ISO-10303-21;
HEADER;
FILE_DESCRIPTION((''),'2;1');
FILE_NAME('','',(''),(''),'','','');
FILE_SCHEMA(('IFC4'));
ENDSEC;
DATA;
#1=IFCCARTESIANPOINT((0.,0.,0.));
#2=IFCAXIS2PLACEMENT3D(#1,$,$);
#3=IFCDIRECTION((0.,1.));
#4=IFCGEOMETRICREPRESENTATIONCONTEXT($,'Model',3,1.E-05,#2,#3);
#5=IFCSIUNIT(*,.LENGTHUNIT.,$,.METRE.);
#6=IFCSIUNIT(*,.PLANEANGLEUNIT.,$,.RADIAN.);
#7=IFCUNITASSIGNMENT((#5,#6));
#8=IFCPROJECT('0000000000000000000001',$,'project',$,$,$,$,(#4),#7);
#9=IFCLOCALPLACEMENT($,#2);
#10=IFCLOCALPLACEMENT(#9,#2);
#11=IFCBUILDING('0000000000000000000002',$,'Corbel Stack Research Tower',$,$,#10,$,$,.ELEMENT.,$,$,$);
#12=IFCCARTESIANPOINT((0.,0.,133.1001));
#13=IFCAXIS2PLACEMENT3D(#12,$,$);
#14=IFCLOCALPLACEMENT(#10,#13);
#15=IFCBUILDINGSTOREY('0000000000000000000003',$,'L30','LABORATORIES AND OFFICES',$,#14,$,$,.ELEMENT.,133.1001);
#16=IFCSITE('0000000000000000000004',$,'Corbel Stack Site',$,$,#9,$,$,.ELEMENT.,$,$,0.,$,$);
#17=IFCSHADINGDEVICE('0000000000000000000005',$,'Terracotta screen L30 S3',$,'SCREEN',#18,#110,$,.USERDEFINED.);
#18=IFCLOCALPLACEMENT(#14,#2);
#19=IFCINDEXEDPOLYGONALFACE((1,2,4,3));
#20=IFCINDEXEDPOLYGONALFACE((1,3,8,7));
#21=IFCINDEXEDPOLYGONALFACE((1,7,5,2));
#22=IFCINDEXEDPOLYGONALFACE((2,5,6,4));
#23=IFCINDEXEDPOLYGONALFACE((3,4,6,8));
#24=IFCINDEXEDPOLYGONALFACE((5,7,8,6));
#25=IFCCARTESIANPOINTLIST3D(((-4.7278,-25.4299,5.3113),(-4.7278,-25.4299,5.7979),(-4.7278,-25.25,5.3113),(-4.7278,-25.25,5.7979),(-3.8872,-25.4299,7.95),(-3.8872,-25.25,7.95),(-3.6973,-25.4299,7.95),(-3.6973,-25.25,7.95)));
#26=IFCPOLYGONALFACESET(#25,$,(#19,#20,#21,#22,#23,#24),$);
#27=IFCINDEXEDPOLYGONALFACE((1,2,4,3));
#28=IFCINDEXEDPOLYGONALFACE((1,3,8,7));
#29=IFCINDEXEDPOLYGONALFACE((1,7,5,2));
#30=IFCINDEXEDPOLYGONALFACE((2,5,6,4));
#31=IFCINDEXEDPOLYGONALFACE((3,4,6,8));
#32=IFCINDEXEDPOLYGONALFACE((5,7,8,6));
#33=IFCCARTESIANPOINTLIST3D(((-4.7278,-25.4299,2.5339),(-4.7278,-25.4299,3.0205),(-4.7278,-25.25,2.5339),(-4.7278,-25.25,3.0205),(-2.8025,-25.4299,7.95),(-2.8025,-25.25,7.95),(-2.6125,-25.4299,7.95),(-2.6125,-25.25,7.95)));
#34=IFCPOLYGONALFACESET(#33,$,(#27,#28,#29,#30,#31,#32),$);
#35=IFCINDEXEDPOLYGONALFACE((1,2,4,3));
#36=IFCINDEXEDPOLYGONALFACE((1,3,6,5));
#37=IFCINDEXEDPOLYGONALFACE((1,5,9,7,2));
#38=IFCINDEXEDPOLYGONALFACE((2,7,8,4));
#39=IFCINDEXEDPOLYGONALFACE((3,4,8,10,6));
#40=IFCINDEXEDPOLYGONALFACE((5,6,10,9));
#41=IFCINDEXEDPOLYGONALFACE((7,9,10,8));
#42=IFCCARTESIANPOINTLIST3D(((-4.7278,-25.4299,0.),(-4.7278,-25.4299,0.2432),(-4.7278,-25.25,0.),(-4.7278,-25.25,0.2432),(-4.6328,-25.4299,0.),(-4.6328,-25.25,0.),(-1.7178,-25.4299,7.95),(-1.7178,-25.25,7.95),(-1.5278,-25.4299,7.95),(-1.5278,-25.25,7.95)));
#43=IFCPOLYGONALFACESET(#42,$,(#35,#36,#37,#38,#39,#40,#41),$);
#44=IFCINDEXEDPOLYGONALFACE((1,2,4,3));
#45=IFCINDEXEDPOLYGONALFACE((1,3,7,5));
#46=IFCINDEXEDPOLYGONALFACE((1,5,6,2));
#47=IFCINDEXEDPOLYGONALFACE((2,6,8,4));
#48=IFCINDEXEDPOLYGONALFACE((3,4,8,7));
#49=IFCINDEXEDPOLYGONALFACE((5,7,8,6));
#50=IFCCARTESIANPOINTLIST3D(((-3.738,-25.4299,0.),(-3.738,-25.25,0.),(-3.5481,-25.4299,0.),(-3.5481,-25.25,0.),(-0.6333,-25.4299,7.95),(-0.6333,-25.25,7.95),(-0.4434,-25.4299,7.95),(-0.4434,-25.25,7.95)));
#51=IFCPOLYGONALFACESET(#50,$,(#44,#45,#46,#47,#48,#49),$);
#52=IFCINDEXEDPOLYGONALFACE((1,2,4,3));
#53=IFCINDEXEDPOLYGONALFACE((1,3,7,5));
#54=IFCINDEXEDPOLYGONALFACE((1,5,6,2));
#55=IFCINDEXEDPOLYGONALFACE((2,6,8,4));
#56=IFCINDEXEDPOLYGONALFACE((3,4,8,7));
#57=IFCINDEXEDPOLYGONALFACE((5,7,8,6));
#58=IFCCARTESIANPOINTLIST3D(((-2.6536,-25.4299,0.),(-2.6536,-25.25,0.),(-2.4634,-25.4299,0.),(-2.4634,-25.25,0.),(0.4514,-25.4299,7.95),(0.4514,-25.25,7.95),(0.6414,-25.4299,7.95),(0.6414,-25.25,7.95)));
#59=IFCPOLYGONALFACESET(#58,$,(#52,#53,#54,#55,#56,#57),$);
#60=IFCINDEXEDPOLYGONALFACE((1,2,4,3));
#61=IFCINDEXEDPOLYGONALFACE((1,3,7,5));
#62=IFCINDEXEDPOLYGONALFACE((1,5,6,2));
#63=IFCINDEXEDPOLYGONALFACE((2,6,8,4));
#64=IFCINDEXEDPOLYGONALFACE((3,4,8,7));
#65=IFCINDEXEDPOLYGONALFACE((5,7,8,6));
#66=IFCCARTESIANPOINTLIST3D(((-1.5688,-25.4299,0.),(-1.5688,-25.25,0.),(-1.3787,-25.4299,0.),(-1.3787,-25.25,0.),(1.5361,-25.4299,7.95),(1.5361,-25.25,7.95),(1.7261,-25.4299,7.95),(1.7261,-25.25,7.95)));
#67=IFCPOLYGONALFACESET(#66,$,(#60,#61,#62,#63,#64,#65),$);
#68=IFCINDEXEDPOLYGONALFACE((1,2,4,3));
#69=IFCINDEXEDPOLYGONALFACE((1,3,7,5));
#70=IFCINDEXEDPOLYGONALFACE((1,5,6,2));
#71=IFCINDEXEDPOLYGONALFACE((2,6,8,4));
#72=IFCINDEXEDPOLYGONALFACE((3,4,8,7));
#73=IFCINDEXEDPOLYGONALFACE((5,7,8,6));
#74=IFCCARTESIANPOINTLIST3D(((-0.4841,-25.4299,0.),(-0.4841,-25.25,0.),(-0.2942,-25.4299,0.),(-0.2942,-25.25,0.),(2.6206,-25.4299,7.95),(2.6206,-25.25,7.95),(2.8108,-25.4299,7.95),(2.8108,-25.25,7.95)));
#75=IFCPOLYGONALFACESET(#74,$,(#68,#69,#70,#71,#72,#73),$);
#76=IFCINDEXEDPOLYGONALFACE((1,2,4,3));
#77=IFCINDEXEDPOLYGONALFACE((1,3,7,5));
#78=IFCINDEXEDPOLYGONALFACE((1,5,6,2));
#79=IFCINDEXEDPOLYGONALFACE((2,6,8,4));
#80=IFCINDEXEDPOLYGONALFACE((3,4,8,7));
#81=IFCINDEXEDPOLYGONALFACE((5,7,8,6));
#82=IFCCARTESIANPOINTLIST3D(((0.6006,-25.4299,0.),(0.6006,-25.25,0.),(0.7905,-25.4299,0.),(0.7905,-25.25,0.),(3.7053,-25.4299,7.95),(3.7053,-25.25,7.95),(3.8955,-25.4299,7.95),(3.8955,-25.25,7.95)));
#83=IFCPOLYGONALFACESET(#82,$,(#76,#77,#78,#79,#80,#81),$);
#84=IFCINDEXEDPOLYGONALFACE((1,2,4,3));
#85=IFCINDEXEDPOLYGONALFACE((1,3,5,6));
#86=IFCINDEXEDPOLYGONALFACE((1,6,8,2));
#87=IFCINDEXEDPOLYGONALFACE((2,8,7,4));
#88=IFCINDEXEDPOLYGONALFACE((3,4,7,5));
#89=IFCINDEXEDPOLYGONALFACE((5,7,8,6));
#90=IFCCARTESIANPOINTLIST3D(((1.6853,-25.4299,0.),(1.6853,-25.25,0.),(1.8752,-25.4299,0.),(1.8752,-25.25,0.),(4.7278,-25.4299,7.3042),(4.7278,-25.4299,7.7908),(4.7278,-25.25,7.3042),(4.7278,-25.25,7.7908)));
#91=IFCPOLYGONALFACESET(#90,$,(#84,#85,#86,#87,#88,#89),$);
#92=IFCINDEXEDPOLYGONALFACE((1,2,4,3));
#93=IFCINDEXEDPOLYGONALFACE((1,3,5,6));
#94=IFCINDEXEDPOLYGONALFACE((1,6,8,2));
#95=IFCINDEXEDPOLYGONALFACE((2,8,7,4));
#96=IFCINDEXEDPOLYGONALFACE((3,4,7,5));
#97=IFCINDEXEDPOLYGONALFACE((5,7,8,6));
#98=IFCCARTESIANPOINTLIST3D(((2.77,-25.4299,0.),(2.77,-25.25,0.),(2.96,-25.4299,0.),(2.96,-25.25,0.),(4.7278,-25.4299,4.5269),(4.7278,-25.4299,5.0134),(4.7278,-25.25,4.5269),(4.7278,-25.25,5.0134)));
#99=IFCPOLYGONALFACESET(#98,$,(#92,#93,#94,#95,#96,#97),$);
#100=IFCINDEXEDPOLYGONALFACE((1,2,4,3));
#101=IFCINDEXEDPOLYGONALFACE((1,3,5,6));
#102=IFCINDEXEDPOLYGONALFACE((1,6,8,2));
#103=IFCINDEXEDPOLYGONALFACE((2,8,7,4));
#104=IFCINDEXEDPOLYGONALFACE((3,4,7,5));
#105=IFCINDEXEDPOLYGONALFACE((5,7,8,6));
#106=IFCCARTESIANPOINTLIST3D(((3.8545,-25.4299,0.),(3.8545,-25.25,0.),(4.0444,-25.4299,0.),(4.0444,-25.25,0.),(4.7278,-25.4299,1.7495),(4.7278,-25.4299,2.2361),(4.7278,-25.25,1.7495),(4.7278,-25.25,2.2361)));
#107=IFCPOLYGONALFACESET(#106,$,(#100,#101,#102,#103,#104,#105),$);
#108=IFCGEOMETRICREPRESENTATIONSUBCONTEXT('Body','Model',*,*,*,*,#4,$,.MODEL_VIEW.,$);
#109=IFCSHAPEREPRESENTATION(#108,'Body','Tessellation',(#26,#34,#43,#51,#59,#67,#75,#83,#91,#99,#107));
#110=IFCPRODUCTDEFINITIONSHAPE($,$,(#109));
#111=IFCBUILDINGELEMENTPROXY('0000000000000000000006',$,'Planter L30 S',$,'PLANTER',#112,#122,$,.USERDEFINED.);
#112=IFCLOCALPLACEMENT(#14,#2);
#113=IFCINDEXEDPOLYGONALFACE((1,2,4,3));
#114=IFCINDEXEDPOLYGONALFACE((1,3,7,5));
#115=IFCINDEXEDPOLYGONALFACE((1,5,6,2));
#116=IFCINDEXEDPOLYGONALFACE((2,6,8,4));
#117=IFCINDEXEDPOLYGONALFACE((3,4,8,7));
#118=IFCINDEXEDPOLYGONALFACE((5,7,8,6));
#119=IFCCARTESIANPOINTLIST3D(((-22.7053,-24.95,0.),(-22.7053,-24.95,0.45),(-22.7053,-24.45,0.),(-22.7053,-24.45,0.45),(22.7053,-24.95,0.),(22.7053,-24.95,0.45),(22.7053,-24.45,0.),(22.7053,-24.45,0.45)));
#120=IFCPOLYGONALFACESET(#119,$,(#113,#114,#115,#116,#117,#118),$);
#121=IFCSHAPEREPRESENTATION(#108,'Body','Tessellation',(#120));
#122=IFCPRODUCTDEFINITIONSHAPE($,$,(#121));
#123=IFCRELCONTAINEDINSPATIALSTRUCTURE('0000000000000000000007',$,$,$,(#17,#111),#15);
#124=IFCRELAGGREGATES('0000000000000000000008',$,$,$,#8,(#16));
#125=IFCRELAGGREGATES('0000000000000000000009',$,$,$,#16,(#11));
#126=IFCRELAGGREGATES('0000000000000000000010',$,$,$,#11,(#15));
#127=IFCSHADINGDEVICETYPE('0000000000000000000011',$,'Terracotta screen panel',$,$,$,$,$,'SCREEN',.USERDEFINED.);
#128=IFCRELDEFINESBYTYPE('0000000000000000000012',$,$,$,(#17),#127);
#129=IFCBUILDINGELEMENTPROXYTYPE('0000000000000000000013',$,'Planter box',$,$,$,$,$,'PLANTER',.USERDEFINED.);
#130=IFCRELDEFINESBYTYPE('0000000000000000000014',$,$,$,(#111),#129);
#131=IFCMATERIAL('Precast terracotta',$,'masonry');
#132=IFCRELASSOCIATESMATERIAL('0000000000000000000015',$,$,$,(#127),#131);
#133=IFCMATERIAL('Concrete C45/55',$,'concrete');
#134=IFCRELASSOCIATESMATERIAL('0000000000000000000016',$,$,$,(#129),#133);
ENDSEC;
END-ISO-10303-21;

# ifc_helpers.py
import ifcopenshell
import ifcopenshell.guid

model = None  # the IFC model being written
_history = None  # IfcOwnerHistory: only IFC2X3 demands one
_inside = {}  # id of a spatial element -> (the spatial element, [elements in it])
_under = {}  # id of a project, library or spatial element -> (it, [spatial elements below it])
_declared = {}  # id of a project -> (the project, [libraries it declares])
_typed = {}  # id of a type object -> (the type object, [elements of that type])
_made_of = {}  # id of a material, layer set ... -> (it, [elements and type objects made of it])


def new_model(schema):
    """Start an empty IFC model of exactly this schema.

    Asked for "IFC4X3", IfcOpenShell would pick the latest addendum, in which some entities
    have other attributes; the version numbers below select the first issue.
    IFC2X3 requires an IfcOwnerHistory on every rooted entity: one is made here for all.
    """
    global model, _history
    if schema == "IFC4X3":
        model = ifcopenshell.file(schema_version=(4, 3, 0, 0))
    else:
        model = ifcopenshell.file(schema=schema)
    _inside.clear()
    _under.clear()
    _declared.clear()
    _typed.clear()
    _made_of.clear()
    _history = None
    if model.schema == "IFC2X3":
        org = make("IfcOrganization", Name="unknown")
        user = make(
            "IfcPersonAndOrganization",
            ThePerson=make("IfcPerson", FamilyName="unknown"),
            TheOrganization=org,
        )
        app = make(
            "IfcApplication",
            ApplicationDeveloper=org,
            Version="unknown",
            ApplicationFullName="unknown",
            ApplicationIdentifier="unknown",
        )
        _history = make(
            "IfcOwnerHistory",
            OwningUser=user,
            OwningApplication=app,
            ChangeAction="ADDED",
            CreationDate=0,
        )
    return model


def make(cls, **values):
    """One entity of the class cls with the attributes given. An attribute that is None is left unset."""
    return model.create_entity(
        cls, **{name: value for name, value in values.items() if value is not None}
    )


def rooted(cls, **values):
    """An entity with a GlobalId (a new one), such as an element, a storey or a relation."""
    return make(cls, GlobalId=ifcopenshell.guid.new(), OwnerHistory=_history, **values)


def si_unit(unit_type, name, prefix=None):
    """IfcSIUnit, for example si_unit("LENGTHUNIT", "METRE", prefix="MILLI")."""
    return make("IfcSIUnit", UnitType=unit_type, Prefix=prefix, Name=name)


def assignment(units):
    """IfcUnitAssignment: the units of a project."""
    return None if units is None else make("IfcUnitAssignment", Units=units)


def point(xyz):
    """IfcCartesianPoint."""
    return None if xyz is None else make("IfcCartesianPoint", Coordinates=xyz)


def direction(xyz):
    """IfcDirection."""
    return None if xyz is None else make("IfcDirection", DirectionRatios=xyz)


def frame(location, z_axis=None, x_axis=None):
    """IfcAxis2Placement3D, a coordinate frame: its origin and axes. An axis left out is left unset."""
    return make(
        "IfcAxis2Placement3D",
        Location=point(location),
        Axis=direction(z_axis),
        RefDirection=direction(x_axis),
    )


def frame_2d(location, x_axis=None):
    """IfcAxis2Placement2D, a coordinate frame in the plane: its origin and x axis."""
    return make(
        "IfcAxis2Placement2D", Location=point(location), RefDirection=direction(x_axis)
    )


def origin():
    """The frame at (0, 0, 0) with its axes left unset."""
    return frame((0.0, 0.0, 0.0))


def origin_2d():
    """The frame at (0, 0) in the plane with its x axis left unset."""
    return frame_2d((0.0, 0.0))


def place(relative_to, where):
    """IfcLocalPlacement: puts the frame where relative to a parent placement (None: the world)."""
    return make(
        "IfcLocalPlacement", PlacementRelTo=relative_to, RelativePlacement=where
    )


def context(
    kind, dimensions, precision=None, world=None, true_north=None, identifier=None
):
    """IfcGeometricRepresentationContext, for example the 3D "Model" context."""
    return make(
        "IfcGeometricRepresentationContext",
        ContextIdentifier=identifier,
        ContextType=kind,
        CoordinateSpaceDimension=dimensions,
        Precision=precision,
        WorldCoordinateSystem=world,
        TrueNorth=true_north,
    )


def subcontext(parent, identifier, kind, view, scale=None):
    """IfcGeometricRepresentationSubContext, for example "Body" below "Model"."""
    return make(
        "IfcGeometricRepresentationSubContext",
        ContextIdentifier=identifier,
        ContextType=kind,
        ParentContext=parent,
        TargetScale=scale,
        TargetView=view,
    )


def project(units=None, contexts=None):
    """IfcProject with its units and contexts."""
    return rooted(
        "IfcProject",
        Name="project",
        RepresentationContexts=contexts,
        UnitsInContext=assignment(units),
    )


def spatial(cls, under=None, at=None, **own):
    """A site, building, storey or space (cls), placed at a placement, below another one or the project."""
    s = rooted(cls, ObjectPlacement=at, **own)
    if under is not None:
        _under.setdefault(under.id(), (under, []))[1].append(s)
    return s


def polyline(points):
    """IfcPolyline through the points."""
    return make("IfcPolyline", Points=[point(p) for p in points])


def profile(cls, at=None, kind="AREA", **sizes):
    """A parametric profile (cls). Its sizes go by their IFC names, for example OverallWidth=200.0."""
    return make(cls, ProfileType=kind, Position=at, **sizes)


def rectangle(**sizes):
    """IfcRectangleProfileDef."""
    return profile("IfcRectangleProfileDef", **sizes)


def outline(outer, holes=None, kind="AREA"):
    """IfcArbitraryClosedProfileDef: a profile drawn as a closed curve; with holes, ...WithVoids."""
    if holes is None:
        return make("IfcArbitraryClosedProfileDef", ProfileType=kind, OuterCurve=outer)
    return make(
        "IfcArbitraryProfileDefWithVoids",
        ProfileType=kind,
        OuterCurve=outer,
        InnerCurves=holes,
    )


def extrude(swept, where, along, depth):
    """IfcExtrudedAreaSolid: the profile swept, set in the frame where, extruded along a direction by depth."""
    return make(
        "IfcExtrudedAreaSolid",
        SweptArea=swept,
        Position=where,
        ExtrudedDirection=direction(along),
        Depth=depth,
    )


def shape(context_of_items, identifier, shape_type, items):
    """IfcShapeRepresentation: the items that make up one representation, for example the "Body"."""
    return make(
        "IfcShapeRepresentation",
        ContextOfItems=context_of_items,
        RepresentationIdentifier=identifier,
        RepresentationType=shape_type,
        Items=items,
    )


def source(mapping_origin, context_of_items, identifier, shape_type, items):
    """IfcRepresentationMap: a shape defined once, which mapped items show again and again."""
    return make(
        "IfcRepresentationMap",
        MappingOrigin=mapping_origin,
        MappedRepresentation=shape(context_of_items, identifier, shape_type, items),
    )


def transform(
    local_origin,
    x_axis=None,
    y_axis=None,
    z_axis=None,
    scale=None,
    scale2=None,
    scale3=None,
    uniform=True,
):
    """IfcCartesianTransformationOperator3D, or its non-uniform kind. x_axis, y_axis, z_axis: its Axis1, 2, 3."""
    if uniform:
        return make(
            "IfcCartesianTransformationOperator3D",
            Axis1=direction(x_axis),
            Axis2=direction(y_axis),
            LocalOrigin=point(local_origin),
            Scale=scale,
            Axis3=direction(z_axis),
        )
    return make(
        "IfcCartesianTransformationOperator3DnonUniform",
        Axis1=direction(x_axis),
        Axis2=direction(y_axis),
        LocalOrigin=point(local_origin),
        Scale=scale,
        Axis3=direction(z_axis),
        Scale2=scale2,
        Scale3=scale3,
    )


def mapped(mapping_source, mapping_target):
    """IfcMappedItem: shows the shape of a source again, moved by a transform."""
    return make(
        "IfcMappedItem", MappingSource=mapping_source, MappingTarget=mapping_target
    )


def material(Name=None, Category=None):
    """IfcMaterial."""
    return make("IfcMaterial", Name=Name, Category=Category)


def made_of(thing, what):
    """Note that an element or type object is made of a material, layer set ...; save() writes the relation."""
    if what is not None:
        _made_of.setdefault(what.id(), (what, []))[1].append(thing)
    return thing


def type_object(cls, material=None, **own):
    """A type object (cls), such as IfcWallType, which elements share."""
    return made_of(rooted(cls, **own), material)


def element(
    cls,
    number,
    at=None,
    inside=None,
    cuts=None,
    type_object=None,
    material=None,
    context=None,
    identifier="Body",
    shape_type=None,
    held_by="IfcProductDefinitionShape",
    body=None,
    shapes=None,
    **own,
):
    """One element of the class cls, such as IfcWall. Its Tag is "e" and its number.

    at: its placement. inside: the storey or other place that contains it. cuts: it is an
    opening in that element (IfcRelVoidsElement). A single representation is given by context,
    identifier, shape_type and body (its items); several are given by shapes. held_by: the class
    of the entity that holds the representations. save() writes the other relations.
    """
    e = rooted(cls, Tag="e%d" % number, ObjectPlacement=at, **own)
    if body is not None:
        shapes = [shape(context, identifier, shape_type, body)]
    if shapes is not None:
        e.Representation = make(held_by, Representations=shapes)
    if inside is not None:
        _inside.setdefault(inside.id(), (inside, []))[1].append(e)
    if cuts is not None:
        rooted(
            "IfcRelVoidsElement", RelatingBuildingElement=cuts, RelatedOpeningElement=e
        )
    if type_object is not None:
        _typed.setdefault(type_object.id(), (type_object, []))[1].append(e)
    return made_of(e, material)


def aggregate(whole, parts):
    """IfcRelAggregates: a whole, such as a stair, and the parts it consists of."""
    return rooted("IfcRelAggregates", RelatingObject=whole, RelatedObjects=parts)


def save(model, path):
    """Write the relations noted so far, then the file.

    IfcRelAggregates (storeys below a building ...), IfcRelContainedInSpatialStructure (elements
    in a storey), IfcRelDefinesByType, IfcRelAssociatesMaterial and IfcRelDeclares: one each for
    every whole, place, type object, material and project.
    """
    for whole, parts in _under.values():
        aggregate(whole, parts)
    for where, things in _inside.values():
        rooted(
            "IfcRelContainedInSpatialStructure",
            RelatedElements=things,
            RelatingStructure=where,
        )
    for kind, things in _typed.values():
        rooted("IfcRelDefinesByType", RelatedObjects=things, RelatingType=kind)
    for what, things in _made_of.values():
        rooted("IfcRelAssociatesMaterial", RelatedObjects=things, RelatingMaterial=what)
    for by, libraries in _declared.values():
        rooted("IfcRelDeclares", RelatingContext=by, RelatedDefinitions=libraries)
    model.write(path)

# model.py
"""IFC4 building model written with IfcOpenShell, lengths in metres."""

from ifc_helpers import new_model, si_unit, direction, frame, origin, origin_2d, place, context, subcontext, project, spatial, polyline, rectangle, outline, extrude, source, transform, mapped, material, type_object, element, save


model = new_model("IFC4")

# Units and contexts
model_context = context("Model", 3, precision=1e-05, world=origin(), true_north=direction((0.0, 1.0)))
body_context = subcontext(model_context, "Body", "Model", "MODEL_VIEW")
ifc_project = project(units=[si_unit("LENGTHUNIT", "METRE"), si_unit("PLANEANGLEUNIT", "RADIAN")], contexts=[model_context])

# Site, building, storey
site_placement = place(None, origin())
site = spatial("IfcSite", under=ifc_project, at=site_placement, Name="Corbel Stack Site", CompositionType="ELEMENT", RefElevation=0.0)
building_placement = place(site_placement, origin())
building = spatial("IfcBuilding", under=site, at=building_placement, Name="Corbel Stack Research Tower", CompositionType="ELEMENT")
storey_placement = place(building_placement, frame((0.0, 0.0, 133.1001)))
storey = spatial("IfcBuildingStorey", under=building, at=storey_placement, Name="L30", Description="LABORATORIES AND OFFICES", CompositionType="ELEMENT", Elevation=133.1001)

# Shading device
ifc_material_1 = material(Name="Precast terracotta", Category="masonry")
shading_device_type = type_object("IfcShadingDeviceType", Name="Terracotta screen panel", ElementType="SCREEN", PredefinedType="USERDEFINED", material=ifc_material_1)
shared_shape = source(origin(), body_context, "Body", "SweptSolid", [
    extrude(outline(polyline([(1.0305, 7.95), (0.8406, 7.95), (0.0, 5.7979), (0.0, 5.3113), (1.0305, 7.95)])), frame((0.0, 0.0, 0.0), z_axis=(0.0, -1.0, 0.0), x_axis=(1.0, 0.0, 0.0)), (0.0, 0.0, 1.0), 0.1799),
    extrude(outline(polyline([(2.1152, 7.95), (1.9253, 7.95), (0.0, 3.0205), (0.0, 2.5339), (2.1152, 7.95)])), frame((0.0, 0.0, 0.0), z_axis=(0.0, -1.0, 0.0), x_axis=(1.0, 0.0, 0.0)), (0.0, 0.0, 1.0), 0.1799),
    extrude(outline(polyline([(0.095, 0.0), (3.2, 7.95), (3.01, 7.95), (0.0, 0.2432), (0.0, 0.0), (0.095, 0.0)])), frame((0.0, 0.0, 0.0), z_axis=(0.0, -1.0, 0.0), x_axis=(1.0, 0.0, 0.0)), (0.0, 0.0, 1.0), 0.1799),
    extrude(outline(polyline([(1.1797, 0.0), (4.2844, 7.95), (4.0945, 7.95), (0.9897, 0.0), (1.1797, 0.0)])), frame((0.0, 0.0, 0.0), z_axis=(0.0, -1.0, 0.0), x_axis=(1.0, 0.0, 0.0)), (0.0, 0.0, 1.0), 0.1799),
    extrude(outline(polyline([(2.2644, 0.0), (5.3691, 7.95), (5.1792, 7.95), (2.0742, 0.0), (2.2644, 0.0)])), frame((0.0, 0.0, 0.0), z_axis=(0.0, -1.0, 0.0), x_axis=(1.0, 0.0, 0.0)), (0.0, 0.0, 1.0), 0.1799),
    extrude(outline(polyline([(3.3491, 0.0), (6.4539, 7.95), (6.2639, 7.95), (3.1589, 0.0), (3.3491, 0.0)])), frame((0.0, 0.0, 0.0), z_axis=(0.0, -1.0, 0.0), x_axis=(1.0, 0.0, 0.0)), (0.0, 0.0, 1.0), 0.1799),
    extrude(outline(polyline([(4.4336, 0.0), (7.5386, 7.95), (7.3484, 7.95), (4.2437, 0.0), (4.4336, 0.0)])), frame((0.0, 0.0, 0.0), z_axis=(0.0, -1.0, 0.0), x_axis=(1.0, 0.0, 0.0)), (0.0, 0.0, 1.0), 0.1799),
    extrude(outline(polyline([(5.5183, 0.0), (8.6233, 7.95), (8.4331, 7.95), (5.3284, 0.0), (5.5183, 0.0)])), frame((0.0, 0.0, 0.0), z_axis=(0.0, -1.0, 0.0), x_axis=(1.0, 0.0, 0.0)), (0.0, 0.0, 1.0), 0.1799),
    extrude(outline(polyline([(6.603, 0.0), (9.4556, 7.3042), (9.4556, 7.7908), (6.4131, 0.0), (6.603, 0.0)])), frame((0.0, 0.0, 0.0), z_axis=(0.0, -1.0, 0.0), x_axis=(1.0, 0.0, 0.0)), (0.0, 0.0, 1.0), 0.1799),
    extrude(outline(polyline([(7.6877, 0.0), (9.4556, 4.5269), (9.4556, 5.0134), (7.4978, 0.0), (7.6877, 0.0)])), frame((0.0, 0.0, 0.0), z_axis=(0.0, -1.0, 0.0), x_axis=(1.0, 0.0, 0.0)), (0.0, 0.0, 1.0), 0.1799),
    extrude(outline(polyline([(8.7722, 0.0), (9.4556, 1.7495), (9.4556, 2.2361), (8.5823, 0.0), (8.7722, 0.0)])), frame((0.0, 0.0, 0.0), z_axis=(0.0, -1.0, 0.0), x_axis=(1.0, 0.0, 0.0)), (0.0, 0.0, 1.0), 0.1799),
])
shading_device_placement = place(storey_placement, frame((-4.7278, -25.25, 0.0), z_axis=(0.0, 0.0, 1.0), x_axis=(1.0, 0.0, 0.0)))
element("IfcShadingDevice", 1, at=shading_device_placement, inside=storey, type_object=shading_device_type, Name="Terracotta screen L30 S3", ObjectType="SCREEN", PredefinedType="USERDEFINED", context=body_context, shape_type="MappedRepresentation", body=[
    mapped(shared_shape, transform((0.0, 0.0, 0.0))),
])

# Building element proxy
ifc_material_2 = material(Name="Concrete C45/55", Category="concrete")
building_element_proxy_type = type_object("IfcBuildingElementProxyType", Name="Planter box", ElementType="PLANTER", PredefinedType="USERDEFINED", material=ifc_material_2)
proxy_placement = place(storey_placement, frame((0.0, -24.7, 0.0), z_axis=(0.0, 0.0, 1.0), x_axis=(1.0, 0.0, 0.0)))
element("IfcBuildingElementProxy", 2, at=proxy_placement, inside=storey, type_object=building_element_proxy_type, Name="Planter L30 S", ObjectType="PLANTER", PredefinedType="USERDEFINED", context=body_context, shape_type="SweptSolid", body=[
    extrude(rectangle(XDim=45.4106, YDim=0.5, at=origin_2d()), origin(), (0.0, 0.0, 1.0), 0.45),
])

save(model, "model.ifc")
